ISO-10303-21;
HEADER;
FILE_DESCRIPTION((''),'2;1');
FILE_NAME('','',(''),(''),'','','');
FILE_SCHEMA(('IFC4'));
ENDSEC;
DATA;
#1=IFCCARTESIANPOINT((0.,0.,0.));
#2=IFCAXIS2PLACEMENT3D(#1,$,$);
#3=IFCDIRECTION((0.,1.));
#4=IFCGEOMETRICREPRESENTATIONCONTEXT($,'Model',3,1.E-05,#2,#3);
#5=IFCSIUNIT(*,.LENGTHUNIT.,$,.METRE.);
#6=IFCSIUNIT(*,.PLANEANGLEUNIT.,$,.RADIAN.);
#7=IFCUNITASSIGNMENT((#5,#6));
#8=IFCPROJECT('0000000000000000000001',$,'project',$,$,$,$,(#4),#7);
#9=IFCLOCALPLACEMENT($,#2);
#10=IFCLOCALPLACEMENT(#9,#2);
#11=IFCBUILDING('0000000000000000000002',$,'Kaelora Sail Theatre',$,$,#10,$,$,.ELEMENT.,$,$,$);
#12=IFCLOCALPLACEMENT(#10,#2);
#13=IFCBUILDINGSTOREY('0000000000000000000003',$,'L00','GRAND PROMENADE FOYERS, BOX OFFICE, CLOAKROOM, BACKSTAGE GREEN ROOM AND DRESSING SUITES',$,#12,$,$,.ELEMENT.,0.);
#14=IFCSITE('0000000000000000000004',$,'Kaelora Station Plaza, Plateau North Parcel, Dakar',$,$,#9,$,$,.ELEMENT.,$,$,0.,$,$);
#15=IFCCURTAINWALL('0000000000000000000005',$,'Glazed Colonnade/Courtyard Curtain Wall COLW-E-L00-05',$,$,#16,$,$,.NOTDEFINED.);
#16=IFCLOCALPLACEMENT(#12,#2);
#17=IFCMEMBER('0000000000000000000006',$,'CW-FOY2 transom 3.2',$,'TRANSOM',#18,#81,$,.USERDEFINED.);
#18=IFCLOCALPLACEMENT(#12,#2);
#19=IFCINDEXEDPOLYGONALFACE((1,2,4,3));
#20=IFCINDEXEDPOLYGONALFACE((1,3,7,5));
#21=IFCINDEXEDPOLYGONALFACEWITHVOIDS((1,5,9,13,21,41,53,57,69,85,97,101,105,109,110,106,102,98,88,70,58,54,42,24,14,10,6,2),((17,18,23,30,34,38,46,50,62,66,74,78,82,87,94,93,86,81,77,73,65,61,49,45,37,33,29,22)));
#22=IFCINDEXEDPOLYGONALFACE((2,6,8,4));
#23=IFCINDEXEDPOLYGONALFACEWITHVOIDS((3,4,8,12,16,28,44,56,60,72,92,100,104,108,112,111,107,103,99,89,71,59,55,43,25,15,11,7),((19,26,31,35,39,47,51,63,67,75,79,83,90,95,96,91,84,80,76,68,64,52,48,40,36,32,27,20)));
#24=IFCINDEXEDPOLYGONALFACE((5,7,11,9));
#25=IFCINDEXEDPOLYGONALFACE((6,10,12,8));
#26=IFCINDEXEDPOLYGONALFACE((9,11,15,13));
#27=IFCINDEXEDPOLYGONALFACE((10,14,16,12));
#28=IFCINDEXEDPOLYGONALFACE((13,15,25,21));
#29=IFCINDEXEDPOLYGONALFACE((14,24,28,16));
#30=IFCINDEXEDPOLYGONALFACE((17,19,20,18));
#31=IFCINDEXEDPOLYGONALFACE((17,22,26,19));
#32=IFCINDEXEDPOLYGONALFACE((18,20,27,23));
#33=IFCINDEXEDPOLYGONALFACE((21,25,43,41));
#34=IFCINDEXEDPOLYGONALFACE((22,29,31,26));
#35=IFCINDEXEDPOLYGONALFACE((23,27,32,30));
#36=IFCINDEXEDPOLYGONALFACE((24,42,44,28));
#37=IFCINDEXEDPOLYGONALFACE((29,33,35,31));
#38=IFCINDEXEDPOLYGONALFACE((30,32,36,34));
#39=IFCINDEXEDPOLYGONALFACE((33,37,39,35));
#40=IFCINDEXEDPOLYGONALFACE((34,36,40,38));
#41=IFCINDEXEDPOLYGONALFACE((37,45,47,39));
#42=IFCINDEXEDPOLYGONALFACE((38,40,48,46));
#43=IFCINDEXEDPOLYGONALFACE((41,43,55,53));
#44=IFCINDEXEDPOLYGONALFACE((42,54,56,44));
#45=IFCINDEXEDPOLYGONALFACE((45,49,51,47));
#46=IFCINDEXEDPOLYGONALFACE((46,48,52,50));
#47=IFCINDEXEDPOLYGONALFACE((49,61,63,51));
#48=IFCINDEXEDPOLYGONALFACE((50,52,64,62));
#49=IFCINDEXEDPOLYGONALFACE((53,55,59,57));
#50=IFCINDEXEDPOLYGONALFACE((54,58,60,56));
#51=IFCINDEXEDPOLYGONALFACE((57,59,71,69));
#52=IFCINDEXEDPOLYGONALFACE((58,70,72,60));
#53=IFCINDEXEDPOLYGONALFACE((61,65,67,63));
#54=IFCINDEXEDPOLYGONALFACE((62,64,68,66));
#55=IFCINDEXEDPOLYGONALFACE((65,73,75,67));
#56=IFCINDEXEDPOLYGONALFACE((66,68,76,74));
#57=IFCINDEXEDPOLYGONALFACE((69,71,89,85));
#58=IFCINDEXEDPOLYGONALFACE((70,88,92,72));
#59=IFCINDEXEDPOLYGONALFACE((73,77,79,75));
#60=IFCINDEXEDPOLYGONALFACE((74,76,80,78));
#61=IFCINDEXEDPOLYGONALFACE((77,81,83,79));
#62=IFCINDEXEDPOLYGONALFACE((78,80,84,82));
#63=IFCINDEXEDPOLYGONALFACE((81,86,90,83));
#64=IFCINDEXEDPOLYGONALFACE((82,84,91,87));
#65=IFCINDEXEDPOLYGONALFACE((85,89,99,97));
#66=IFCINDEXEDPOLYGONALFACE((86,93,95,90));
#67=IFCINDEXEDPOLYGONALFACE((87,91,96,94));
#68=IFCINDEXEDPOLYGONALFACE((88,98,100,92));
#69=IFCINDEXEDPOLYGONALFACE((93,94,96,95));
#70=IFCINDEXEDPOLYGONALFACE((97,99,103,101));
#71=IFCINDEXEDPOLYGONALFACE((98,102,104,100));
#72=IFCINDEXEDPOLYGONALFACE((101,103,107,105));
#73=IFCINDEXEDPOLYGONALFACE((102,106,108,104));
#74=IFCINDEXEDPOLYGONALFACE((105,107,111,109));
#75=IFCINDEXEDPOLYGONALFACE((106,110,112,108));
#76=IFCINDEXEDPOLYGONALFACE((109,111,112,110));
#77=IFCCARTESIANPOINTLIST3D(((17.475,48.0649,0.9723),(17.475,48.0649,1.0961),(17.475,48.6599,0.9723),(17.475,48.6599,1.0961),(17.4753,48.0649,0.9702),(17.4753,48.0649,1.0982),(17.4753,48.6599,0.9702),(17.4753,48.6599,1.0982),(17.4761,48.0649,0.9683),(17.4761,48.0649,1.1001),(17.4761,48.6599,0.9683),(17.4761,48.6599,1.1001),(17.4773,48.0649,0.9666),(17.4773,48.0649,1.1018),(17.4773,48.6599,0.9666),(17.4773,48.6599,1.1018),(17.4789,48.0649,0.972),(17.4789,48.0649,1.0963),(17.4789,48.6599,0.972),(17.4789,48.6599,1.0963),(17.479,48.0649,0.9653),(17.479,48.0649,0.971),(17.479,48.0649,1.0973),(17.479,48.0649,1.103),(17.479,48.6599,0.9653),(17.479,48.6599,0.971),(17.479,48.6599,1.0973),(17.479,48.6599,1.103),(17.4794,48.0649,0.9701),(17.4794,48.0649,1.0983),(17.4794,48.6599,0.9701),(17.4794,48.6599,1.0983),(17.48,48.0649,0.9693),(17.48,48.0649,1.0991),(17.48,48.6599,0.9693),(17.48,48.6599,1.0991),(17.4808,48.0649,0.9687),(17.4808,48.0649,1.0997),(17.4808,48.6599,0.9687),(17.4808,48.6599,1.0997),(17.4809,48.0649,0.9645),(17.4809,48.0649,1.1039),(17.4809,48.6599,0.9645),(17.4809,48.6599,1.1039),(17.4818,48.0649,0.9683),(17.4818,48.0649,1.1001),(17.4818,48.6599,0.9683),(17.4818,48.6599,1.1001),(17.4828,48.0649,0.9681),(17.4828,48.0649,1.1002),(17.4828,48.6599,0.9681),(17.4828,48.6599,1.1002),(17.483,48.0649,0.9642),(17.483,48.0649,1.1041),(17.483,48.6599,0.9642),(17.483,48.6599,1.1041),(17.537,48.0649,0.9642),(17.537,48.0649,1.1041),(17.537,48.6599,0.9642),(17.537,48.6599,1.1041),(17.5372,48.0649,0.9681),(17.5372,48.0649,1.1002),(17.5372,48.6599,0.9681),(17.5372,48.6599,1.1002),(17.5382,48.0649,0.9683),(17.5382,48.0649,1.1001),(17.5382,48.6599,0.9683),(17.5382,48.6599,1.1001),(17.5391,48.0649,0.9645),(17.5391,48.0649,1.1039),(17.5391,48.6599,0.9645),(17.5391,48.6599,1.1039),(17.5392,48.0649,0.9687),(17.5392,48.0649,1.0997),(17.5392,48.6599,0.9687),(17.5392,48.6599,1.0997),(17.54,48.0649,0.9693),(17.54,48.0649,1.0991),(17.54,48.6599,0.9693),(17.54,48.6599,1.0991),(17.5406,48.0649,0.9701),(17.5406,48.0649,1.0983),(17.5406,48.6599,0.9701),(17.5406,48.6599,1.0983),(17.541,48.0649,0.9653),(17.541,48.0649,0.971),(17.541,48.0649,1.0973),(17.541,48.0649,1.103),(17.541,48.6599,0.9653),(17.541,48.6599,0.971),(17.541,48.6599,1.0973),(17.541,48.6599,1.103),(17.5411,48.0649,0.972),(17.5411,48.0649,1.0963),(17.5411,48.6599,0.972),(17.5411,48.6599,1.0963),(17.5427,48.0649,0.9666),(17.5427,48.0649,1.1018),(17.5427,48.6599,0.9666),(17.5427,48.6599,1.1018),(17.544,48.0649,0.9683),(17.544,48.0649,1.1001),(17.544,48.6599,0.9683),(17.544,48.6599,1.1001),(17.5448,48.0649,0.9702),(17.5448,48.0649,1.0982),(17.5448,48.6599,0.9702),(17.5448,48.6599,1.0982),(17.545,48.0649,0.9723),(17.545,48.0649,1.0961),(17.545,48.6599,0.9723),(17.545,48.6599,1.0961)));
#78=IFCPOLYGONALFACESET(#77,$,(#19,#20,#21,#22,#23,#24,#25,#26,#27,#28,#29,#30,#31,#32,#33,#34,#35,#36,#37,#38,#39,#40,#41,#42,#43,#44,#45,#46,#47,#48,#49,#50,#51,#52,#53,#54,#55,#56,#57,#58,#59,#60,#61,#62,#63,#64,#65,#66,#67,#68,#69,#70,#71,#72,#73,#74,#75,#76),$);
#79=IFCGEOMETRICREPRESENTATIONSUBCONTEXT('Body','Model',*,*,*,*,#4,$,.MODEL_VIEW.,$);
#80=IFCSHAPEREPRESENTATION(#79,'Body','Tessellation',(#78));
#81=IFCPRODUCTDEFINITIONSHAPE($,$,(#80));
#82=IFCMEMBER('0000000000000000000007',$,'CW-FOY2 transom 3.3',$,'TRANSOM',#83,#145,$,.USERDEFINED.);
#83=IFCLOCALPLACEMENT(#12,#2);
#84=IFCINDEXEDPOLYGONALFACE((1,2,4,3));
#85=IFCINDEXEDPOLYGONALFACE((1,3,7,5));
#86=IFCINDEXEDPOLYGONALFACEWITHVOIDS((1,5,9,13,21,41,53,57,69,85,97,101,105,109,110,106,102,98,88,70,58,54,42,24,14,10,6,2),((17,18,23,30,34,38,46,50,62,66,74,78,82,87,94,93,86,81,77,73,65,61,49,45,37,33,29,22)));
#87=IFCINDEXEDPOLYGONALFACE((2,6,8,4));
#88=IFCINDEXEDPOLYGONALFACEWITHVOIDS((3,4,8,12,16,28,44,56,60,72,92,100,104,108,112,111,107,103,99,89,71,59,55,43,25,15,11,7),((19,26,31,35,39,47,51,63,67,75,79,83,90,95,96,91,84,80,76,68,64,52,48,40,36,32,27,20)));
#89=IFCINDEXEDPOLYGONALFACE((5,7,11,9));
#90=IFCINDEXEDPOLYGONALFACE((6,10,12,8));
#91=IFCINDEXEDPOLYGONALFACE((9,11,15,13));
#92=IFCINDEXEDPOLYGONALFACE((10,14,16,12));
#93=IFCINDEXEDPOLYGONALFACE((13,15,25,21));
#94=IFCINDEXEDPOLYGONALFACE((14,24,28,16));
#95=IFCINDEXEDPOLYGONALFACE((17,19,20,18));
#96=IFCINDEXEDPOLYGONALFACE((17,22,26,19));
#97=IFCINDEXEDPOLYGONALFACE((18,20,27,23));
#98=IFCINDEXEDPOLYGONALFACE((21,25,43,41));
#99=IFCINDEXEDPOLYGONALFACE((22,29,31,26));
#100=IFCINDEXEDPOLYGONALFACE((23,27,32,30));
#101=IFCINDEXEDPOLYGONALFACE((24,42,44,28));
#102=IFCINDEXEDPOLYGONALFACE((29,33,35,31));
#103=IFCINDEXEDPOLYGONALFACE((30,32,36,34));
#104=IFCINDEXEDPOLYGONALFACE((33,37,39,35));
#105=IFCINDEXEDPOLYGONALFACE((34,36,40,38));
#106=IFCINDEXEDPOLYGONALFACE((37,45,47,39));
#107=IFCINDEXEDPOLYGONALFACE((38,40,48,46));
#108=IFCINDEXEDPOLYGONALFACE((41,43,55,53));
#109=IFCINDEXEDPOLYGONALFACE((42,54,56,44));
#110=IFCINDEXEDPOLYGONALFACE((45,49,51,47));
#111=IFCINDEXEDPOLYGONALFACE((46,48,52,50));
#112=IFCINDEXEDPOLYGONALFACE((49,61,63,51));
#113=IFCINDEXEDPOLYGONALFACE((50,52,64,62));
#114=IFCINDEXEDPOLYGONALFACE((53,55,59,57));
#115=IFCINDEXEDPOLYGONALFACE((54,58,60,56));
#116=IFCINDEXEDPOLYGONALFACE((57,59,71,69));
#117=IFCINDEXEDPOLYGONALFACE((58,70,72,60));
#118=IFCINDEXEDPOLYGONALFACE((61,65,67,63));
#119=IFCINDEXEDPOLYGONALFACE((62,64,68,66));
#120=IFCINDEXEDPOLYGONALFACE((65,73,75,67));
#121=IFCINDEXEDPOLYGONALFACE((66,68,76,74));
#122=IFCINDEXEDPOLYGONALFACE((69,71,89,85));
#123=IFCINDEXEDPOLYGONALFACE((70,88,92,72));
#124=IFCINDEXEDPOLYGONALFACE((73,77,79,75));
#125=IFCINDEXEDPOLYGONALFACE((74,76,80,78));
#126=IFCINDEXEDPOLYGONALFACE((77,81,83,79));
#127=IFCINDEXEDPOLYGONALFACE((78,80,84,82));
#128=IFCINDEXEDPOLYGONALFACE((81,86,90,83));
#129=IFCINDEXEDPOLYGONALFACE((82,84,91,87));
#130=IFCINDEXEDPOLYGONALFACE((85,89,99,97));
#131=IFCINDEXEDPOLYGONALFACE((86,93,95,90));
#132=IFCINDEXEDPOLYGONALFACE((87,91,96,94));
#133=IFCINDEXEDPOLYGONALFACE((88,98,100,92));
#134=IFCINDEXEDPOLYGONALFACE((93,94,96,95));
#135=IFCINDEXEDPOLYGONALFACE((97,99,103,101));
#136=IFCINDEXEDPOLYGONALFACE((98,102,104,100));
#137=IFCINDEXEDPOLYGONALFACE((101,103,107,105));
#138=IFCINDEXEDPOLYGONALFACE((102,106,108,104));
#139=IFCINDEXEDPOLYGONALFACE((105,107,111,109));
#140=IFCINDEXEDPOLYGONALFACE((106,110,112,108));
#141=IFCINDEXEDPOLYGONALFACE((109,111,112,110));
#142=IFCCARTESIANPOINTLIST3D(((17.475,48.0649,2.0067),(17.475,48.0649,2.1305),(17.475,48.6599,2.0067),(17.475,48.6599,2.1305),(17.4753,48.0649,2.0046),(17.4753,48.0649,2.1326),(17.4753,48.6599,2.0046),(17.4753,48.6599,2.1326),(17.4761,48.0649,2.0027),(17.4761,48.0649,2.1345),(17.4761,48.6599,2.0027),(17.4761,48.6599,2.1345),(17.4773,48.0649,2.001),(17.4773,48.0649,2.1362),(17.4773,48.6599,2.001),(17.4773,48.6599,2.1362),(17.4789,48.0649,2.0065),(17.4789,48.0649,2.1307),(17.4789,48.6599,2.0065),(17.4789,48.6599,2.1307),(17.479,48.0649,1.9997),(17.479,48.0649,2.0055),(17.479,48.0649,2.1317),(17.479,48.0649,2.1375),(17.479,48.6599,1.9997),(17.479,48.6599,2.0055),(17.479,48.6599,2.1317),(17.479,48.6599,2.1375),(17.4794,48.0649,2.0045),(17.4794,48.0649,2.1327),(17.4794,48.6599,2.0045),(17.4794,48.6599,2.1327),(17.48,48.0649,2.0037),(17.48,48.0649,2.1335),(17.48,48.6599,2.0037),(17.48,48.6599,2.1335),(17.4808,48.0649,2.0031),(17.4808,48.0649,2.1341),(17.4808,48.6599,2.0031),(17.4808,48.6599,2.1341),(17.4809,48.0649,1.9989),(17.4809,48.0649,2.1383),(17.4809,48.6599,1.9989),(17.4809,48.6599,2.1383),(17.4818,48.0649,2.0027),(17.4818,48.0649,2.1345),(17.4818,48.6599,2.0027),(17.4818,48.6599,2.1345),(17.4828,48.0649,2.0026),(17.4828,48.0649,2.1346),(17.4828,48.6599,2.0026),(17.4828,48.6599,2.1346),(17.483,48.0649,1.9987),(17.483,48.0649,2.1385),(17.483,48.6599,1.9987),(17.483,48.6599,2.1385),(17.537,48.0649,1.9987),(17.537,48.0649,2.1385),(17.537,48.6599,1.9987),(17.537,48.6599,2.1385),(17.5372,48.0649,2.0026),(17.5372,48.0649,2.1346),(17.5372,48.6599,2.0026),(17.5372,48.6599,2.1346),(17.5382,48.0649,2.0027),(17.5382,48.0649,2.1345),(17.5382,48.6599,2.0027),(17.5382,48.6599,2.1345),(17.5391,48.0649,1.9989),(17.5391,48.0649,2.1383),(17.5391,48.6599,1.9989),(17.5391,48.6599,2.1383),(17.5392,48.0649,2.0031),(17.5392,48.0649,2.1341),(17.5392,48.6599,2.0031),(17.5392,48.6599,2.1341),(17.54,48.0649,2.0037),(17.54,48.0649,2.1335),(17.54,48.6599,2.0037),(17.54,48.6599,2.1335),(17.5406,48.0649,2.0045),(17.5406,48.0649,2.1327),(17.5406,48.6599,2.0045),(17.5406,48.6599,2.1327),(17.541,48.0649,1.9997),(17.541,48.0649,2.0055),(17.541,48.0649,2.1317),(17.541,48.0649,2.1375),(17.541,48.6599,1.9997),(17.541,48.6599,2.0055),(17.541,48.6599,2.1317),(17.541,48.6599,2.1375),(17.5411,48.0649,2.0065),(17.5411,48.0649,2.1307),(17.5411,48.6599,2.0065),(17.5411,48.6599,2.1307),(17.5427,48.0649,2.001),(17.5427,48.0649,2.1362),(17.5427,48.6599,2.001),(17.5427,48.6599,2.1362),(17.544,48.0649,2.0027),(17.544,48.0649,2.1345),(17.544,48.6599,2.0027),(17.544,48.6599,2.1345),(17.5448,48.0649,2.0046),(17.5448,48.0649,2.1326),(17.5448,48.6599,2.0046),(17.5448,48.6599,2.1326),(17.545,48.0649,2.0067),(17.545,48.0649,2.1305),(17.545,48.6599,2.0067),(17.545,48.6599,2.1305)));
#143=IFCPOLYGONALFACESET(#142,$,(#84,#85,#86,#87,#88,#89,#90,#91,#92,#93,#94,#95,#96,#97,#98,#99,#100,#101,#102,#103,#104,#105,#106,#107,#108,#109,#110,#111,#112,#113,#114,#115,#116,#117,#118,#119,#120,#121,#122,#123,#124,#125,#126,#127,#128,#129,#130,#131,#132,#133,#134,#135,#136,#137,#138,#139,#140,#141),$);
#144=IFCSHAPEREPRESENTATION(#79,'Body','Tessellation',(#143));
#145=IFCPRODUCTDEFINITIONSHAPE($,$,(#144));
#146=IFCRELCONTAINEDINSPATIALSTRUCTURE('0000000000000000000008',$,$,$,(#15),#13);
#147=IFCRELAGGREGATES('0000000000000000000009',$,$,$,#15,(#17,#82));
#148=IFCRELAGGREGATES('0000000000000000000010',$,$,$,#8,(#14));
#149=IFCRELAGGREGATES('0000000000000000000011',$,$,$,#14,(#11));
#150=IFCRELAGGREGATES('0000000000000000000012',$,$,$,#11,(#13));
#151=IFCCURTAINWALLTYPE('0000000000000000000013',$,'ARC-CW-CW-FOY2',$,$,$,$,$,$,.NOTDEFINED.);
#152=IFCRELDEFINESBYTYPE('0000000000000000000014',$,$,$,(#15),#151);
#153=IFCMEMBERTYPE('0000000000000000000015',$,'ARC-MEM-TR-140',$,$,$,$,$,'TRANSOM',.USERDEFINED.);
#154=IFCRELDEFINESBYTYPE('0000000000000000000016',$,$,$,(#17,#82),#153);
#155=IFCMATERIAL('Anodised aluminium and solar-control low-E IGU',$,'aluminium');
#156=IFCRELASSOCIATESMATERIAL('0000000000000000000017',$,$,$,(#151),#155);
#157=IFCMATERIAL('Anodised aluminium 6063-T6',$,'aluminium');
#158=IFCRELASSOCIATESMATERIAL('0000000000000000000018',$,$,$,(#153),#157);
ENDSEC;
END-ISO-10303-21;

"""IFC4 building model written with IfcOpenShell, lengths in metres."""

from ifc_helpers import new_model, si_unit, direction, frame, origin, origin_2d, place, context, subcontext, project, spatial, hollow_rectangle, extrude, material, material_profile, profile_set, type_object, element, aggregate, save


model = new_model("IFC4")

# Units and contexts
model_context = context("Model", 3, precision=1e-05, world=origin(), true_north=direction((0.0, 1.0)))
body_context = subcontext(model_context, "Body", "Model", "MODEL_VIEW")
ifc_project = project(units=[si_unit("LENGTHUNIT", "METRE"), si_unit("PLANEANGLEUNIT", "RADIAN")], contexts=[model_context])

# Site, building, storey
site_placement = place(None, origin())
site = spatial("IfcSite", under=ifc_project, at=site_placement, Name="Kaelora Station Plaza, Plateau North Parcel, Dakar", CompositionType="ELEMENT", RefElevation=0.0)
building_placement = place(site_placement, origin())
building = spatial("IfcBuilding", under=site, at=building_placement, Name="Kaelora Sail Theatre", CompositionType="ELEMENT")
storey_placement = place(building_placement, origin())
storey = spatial("IfcBuildingStorey", under=building, at=storey_placement, Name="L00", Description="GRAND PROMENADE FOYERS, BOX OFFICE, CLOAKROOM, BACKSTAGE GREEN ROOM AND DRESSING SUITES", CompositionType="ELEMENT", Elevation=0.0)

# Curtain wall, members
ifc_material_1 = material(Name="Anodised aluminium and solar-control low-E IGU", Category="aluminium")
curtain_wall_type = type_object("IfcCurtainWallType", Name="ARC-CW-CW-FOY2", PredefinedType="NOTDEFINED", material=ifc_material_1)
curtain_wall_placement = place(storey_placement, origin())
curtain_wall = element("IfcCurtainWall", 1, at=curtain_wall_placement, inside=storey, type_object=curtain_wall_type, Name="Glazed Colonnade/Courtyard Curtain Wall COLW-E-L00-05", PredefinedType="NOTDEFINED")
ifc_material_2 = material(Name="Anodised aluminium 6063-T6", Category="aluminium")
ifc_material_profile_1 = material_profile(ifc_material_2, hollow_rectangle(XDim=0.0701, YDim=0.1399, WallThickness=0.0039, InnerFilletRadius=0.0039, OuterFilletRadius=0.0081, at=origin_2d()), Name="ALU-TRAN 70x140x4")
ifc_profile_set_1 = profile_set([ifc_material_profile_1], Name="Anodised aluminium 6063-T6")
member_type_1 = type_object("IfcMemberType", Name="ARC-MEM-TR-140", ElementType="TRANSOM", PredefinedType="USERDEFINED", material=ifc_profile_set_1)
member_1_placement = place(storey_placement, frame((17.51, 48.0649, 1.0342), z_axis=(0.0, 1.0, 0.0), x_axis=(-1.0, 0.0, 0.0)))
member_1 = element("IfcMember", 2, at=member_1_placement, type_object=member_type_1, Name="CW-FOY2 transom 3.2", ObjectType="TRANSOM", PredefinedType="USERDEFINED", context=body_context, shape_type="SweptSolid", body=[
    extrude(hollow_rectangle(XDim=0.0701, YDim=0.1399, WallThickness=0.0039, InnerFilletRadius=0.0039, OuterFilletRadius=0.0081, at=origin_2d()), origin(), (0.0, 0.0, 1.0), 0.595),
])
member_2_placement = place(storey_placement, frame((17.51, 48.0649, 2.0686), z_axis=(0.0, 1.0, 0.0), x_axis=(-1.0, 0.0, 0.0)))
member_2 = element("IfcMember", 3, at=member_2_placement, type_object=member_type_1, Name="CW-FOY2 transom 3.3", ObjectType="TRANSOM", PredefinedType="USERDEFINED", context=body_context, shape_type="SweptSolid", body=[
    extrude(hollow_rectangle(XDim=0.0701, YDim=0.1399, WallThickness=0.0039, InnerFilletRadius=0.0039, OuterFilletRadius=0.0081, at=origin_2d()), origin(), (0.0, 0.0, 1.0), 0.595),
])
aggregate(curtain_wall, [member_1, member_2])

save(model, "model.ifc")
